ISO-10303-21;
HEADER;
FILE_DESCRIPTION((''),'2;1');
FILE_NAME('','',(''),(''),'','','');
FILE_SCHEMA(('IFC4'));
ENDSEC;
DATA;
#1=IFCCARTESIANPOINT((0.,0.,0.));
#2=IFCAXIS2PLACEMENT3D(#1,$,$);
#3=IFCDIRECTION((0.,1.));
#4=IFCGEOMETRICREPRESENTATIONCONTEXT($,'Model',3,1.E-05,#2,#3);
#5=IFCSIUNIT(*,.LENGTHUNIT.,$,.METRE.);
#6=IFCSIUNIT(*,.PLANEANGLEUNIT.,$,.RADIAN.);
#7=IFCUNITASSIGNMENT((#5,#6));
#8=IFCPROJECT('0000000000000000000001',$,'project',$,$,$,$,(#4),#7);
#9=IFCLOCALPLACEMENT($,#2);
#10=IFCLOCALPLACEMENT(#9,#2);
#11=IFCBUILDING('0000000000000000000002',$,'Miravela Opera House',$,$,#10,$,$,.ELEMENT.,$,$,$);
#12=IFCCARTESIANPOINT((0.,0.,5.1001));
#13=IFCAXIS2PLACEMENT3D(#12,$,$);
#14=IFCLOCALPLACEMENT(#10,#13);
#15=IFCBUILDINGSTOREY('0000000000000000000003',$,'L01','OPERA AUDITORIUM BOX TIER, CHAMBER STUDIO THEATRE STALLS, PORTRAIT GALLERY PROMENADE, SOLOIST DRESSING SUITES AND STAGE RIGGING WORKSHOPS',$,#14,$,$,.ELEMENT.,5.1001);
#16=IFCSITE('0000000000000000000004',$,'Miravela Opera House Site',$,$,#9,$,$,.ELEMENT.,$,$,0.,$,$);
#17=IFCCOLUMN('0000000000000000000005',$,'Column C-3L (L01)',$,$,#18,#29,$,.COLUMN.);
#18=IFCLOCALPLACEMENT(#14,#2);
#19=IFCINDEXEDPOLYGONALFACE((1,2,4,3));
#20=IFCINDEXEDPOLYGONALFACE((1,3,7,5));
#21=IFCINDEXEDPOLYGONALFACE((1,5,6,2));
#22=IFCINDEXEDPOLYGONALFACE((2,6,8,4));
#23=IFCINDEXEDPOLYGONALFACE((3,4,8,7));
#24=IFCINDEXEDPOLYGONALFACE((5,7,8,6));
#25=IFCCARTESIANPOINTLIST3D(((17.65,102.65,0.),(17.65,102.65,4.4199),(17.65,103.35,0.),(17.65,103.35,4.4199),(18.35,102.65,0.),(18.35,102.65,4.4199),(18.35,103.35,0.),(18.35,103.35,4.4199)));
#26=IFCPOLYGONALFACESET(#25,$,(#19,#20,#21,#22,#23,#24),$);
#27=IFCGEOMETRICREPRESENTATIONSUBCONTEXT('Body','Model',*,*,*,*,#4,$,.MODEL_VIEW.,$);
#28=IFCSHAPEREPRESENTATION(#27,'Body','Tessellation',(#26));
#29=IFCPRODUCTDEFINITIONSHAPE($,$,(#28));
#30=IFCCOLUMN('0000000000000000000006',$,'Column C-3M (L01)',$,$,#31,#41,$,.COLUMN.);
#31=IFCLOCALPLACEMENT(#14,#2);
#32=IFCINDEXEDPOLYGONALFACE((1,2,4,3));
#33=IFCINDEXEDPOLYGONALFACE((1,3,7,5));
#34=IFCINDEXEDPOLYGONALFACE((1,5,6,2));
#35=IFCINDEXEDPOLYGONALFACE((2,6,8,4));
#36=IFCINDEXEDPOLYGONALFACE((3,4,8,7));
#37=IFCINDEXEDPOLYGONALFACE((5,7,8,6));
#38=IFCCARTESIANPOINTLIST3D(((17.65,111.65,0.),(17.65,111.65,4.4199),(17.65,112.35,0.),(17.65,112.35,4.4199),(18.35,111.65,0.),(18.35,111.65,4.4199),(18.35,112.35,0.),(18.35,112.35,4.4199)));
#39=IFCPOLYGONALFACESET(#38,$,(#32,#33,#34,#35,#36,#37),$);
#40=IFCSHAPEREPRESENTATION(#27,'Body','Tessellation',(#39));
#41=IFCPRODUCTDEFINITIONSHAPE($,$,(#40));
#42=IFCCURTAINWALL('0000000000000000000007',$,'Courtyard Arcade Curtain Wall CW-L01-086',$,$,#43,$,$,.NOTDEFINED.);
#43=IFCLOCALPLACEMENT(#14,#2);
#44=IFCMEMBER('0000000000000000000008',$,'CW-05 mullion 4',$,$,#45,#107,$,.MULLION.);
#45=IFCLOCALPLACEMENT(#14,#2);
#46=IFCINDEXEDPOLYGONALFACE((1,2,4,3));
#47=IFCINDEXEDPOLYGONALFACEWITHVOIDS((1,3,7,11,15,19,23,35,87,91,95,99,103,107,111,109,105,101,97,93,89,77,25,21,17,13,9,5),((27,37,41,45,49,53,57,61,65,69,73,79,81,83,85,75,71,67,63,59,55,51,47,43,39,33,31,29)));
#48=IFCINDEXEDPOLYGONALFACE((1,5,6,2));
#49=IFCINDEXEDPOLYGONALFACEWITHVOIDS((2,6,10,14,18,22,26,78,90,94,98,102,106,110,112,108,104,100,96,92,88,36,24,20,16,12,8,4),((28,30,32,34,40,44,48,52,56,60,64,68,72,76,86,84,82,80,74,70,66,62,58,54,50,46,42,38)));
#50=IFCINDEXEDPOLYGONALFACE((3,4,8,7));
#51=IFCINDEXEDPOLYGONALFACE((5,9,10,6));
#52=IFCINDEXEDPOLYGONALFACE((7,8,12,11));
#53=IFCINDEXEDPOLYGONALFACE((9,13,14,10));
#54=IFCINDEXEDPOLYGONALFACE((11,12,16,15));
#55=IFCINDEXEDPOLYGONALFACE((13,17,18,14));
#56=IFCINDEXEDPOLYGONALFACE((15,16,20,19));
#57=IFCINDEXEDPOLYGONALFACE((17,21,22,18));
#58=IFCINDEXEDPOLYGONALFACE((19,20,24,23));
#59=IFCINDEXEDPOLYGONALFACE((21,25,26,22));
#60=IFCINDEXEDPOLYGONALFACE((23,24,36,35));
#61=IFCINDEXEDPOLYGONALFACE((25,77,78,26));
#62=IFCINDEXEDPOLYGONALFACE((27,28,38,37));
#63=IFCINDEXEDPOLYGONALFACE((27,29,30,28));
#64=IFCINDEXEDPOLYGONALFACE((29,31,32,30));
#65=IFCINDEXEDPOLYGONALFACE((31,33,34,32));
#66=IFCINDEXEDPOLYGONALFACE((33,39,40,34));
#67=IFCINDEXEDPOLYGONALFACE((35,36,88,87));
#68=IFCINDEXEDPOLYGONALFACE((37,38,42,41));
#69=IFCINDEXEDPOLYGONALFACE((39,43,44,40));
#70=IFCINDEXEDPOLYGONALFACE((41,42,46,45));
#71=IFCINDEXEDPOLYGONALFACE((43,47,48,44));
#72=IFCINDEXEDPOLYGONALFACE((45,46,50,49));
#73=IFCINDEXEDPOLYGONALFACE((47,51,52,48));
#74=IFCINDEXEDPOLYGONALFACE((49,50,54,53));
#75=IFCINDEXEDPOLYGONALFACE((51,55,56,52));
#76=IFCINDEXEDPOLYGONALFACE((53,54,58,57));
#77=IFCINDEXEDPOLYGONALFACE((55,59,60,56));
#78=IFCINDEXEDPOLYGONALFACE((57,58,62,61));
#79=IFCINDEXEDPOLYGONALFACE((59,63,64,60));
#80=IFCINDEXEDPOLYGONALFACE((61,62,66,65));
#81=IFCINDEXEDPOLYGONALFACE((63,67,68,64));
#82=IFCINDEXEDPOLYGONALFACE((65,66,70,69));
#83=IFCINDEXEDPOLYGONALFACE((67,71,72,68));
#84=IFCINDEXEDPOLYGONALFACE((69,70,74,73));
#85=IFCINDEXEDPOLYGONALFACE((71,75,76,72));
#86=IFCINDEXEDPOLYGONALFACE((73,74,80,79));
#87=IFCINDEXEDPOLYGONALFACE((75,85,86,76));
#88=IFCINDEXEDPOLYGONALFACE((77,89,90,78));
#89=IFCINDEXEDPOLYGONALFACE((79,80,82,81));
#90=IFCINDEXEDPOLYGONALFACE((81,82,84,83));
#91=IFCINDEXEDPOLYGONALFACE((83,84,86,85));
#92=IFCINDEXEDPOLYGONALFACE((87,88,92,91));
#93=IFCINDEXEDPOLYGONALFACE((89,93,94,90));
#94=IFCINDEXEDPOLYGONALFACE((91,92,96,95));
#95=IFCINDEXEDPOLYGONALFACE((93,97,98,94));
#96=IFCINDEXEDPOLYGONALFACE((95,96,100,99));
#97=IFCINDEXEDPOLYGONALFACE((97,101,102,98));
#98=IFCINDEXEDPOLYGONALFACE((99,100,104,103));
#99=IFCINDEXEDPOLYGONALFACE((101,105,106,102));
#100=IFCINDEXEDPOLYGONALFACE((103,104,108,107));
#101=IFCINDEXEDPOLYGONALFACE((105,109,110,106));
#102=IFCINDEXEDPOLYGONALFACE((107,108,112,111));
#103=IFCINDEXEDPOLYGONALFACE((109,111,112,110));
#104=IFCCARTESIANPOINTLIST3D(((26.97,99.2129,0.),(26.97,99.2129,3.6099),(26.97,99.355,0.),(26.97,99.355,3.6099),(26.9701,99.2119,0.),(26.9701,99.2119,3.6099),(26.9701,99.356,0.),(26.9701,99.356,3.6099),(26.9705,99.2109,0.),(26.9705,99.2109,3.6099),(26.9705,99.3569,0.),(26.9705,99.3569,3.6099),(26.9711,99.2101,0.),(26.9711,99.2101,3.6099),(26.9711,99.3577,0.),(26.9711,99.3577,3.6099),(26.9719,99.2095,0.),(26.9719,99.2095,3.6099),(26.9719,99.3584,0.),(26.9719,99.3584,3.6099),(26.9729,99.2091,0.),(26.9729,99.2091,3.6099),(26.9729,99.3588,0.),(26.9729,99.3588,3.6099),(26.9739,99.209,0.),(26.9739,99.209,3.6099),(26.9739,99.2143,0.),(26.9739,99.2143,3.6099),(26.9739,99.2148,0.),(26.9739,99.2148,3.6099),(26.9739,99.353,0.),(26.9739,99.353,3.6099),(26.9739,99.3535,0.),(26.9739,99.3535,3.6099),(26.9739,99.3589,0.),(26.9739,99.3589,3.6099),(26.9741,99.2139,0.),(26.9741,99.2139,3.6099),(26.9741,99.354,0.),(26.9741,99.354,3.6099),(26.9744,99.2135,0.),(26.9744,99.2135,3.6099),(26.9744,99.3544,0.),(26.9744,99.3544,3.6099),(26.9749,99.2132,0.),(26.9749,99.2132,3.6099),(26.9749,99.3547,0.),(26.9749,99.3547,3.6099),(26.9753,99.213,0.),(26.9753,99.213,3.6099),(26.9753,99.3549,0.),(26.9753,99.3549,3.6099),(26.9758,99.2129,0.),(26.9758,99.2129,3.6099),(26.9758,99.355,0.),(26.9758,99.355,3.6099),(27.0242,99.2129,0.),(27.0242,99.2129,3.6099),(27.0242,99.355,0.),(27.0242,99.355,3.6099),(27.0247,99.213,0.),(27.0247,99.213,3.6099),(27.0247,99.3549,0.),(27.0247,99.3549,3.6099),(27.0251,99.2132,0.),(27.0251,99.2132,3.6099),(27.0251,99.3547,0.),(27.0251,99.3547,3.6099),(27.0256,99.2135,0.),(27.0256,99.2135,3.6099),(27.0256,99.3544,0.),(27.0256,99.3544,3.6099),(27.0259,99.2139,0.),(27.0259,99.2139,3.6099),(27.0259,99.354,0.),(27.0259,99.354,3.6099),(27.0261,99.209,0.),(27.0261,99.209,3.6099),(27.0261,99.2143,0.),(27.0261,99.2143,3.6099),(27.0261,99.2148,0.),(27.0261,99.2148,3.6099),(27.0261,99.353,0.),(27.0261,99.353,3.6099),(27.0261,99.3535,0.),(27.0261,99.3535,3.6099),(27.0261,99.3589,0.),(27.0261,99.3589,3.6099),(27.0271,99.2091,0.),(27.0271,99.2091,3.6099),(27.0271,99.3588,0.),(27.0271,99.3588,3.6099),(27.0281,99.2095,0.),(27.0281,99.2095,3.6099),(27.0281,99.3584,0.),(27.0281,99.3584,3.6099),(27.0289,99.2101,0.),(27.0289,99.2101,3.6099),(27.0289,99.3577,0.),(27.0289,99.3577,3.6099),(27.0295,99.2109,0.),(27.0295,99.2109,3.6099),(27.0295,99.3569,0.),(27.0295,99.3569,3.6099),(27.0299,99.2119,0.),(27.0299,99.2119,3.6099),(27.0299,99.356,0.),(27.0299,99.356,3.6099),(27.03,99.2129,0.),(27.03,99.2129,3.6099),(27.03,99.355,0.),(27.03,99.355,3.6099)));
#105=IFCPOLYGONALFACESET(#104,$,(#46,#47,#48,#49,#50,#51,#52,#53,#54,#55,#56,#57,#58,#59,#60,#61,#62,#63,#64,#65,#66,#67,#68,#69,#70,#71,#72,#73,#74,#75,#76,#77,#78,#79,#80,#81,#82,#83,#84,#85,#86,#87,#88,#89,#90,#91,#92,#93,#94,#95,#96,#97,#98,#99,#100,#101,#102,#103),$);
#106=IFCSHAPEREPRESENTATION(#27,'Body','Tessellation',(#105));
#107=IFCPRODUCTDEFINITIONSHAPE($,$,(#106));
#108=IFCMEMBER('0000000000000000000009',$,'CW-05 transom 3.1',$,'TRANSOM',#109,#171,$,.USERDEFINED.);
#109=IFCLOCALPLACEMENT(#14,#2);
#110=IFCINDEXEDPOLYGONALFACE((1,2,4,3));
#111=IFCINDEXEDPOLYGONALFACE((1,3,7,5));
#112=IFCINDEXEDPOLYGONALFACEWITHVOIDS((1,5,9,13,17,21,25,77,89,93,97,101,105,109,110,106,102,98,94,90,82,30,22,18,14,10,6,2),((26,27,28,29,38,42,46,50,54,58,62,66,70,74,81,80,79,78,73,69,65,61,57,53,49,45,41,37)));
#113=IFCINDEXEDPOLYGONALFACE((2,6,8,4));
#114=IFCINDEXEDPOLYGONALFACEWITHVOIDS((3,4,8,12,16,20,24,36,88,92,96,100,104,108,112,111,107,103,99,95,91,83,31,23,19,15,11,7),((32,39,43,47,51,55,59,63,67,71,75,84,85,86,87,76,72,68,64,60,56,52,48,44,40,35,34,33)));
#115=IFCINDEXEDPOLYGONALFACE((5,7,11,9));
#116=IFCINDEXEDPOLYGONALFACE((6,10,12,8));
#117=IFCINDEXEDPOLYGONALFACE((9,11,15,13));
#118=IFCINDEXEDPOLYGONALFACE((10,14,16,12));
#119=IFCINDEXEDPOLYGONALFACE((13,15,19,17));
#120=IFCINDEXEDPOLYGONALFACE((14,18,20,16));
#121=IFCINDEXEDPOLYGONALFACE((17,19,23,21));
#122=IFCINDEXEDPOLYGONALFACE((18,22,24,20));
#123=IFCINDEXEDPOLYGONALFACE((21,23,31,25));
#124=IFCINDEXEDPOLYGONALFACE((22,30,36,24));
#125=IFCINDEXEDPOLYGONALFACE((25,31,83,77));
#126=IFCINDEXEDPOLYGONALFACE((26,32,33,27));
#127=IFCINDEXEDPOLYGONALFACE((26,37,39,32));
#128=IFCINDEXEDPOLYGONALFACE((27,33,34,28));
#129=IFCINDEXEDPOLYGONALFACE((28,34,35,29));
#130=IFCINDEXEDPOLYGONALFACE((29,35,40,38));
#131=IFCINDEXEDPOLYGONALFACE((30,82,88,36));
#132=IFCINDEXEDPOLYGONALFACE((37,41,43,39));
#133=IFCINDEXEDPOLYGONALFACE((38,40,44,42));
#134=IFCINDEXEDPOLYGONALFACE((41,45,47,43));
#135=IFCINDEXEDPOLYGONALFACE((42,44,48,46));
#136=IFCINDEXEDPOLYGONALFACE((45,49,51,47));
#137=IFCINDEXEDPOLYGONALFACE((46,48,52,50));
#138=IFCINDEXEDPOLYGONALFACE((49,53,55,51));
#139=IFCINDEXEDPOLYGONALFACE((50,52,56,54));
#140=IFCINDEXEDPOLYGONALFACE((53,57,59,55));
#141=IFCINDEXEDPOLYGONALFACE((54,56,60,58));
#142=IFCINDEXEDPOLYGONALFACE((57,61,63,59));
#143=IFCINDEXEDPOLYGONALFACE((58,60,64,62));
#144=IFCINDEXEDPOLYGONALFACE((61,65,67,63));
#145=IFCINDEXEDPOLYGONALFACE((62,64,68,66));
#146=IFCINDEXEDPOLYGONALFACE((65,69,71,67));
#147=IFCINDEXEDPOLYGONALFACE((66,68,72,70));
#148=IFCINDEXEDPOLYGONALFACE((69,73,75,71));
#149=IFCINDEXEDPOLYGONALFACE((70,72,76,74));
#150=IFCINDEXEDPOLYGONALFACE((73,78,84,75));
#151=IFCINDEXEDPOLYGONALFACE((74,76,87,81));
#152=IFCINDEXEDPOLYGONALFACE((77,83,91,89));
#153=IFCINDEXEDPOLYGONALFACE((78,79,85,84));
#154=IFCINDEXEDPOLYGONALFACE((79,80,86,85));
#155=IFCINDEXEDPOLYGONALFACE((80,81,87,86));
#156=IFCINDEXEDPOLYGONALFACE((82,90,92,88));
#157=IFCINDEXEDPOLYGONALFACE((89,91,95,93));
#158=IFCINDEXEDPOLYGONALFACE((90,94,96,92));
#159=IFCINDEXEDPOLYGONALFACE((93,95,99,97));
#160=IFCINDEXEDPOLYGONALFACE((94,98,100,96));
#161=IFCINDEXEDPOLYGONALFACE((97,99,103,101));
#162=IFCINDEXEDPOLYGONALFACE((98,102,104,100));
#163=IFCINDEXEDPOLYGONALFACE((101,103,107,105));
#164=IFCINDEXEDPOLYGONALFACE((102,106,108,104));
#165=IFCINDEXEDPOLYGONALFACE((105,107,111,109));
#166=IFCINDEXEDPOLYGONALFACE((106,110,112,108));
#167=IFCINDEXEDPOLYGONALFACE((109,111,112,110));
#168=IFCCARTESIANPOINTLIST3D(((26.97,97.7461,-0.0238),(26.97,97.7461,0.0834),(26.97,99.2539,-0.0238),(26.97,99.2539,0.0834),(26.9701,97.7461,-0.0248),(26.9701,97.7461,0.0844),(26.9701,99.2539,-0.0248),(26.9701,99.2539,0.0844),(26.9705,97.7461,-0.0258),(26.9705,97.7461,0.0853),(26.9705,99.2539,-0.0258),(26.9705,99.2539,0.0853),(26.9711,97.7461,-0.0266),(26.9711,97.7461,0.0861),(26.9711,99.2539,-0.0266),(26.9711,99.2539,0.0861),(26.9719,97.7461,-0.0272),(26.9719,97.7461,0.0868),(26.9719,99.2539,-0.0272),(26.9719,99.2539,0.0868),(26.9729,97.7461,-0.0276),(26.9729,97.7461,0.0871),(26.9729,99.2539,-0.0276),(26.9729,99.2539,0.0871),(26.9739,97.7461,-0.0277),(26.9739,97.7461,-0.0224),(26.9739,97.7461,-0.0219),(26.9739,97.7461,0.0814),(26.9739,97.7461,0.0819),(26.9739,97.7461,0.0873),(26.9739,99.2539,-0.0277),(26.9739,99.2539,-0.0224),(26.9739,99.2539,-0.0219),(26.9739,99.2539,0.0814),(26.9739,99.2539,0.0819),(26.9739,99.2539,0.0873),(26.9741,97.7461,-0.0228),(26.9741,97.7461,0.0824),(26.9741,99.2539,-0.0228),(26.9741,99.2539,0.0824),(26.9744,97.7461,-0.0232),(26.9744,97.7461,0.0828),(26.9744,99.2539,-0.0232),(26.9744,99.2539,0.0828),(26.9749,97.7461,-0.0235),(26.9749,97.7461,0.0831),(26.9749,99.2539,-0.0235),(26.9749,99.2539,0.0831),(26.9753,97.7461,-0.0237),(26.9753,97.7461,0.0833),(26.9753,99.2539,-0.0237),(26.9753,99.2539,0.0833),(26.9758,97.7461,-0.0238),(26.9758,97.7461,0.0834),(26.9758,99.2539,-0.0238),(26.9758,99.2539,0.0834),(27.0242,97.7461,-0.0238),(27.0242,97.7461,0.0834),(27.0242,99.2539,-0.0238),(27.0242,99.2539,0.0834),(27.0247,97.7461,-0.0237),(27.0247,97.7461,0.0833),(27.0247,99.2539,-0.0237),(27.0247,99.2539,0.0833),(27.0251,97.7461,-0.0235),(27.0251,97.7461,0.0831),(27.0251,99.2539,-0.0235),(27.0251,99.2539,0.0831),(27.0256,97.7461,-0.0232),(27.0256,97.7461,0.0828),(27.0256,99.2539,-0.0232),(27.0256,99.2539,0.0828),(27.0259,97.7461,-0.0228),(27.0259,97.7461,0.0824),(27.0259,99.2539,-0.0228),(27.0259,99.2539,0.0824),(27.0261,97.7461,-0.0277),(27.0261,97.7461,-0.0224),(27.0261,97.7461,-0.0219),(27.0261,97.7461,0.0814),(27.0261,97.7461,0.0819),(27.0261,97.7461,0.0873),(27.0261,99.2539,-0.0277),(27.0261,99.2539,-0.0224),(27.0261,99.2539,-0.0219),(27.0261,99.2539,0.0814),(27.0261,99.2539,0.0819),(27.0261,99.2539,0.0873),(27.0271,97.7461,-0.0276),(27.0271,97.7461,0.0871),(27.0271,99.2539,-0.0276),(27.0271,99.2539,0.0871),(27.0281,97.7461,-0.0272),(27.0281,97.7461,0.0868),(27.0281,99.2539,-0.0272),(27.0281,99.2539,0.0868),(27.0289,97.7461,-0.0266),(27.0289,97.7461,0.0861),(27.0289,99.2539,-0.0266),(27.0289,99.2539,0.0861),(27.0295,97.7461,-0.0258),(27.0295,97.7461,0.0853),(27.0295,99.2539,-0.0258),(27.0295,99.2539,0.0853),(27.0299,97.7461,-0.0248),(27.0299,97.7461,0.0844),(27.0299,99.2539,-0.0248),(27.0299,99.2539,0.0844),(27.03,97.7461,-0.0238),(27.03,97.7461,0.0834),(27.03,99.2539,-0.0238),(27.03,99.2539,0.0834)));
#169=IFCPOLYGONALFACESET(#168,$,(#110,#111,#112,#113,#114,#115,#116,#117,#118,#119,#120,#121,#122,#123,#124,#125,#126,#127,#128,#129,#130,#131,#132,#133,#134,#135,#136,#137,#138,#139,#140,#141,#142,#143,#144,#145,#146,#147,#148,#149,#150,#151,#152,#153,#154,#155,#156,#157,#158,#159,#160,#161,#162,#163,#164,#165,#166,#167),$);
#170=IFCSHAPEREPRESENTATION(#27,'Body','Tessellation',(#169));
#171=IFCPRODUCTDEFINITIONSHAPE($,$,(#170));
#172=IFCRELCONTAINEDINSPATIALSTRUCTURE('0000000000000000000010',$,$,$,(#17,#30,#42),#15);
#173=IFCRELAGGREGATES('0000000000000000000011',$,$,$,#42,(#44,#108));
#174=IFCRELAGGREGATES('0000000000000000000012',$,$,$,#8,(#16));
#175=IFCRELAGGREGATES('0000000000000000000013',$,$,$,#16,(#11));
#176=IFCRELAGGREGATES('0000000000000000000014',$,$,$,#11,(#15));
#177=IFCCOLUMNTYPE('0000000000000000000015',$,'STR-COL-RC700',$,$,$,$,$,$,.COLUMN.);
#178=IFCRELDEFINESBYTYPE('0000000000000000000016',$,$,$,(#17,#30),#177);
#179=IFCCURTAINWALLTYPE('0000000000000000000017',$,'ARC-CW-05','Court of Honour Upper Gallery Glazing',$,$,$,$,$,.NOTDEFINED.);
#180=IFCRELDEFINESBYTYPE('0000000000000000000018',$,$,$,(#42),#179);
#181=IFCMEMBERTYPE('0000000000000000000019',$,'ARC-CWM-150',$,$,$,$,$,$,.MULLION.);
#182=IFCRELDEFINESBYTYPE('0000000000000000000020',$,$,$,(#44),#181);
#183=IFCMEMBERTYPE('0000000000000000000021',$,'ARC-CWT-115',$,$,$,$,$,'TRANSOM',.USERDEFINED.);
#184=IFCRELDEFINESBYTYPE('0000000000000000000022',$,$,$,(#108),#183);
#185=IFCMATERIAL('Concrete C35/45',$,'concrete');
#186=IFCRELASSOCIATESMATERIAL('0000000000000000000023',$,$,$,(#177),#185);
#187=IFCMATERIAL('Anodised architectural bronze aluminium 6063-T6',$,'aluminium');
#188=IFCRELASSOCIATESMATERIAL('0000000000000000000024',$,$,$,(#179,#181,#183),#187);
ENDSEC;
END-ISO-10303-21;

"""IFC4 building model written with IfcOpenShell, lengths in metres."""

from ifc_helpers import new_model, si_unit, direction, frame, origin, origin_2d, place, context, subcontext, project, spatial, rectangle, hollow_rectangle, extrude, material, material_profile, profile_set, type_object, element, aggregate, save


model = new_model("IFC4")

# Units and contexts
model_context = context("Model", 3, precision=1e-05, world=origin(), true_north=direction((0.0, 1.0)))
body_context = subcontext(model_context, "Body", "Model", "MODEL_VIEW")
ifc_project = project(units=[si_unit("LENGTHUNIT", "METRE"), si_unit("PLANEANGLEUNIT", "RADIAN")], contexts=[model_context])

# Site, building, storey
site_placement = place(None, origin())
site = spatial("IfcSite", under=ifc_project, at=site_placement, Name="Miravela Opera House Site", CompositionType="ELEMENT", RefElevation=0.0)
building_placement = place(site_placement, origin())
building = spatial("IfcBuilding", under=site, at=building_placement, Name="Miravela Opera House", CompositionType="ELEMENT")
storey_placement = place(building_placement, frame((0.0, 0.0, 5.1001)))
storey = spatial("IfcBuildingStorey", under=building, at=storey_placement, Name="L01", Description="OPERA AUDITORIUM BOX TIER, CHAMBER STUDIO THEATRE STALLS, PORTRAIT GALLERY PROMENADE, SOLOIST DRESSING SUITES AND STAGE RIGGING WORKSHOPS", CompositionType="ELEMENT", Elevation=5.1001)

# Columns
ifc_material_1 = material(Name="Concrete C35/45", Category="concrete")
ifc_material_profile_1 = material_profile(ifc_material_1, rectangle(XDim=0.7, YDim=0.7, at=origin_2d()), Name="RC-COL-700X700")
ifc_profile_set_1 = profile_set([ifc_material_profile_1])
column_type = type_object("IfcColumnType", Name="STR-COL-RC700", PredefinedType="COLUMN", material=ifc_profile_set_1)
for number, where, z_axis, x_axis, name in (
    (1, (18.0, 103.0, 0.0), (0.0, 0.0, 1.0), (1.0, 0.0, 0.0), "Column C-3L (L01)"),
    (2, (18.0, 112.0, 0.0), (0.0, 0.0, 1.0), (1.0, 0.0, 0.0), "Column C-3M (L01)"),
):
    element("IfcColumn", number, at=place(storey_placement, frame(where, z_axis=z_axis, x_axis=x_axis)), inside=storey, type_object=column_type, Name=name, PredefinedType="COLUMN", context=body_context, shape_type="SweptSolid", body=[
        extrude(rectangle(XDim=0.7, YDim=0.7, at=origin_2d()), origin(), (0.0, 0.0, 1.0), 4.4199),
    ])

# Curtain wall, members
ifc_material_2 = material(Name="Anodised architectural bronze aluminium 6063-T6", Category="aluminium")
curtain_wall_type = type_object("IfcCurtainWallType", Name="ARC-CW-05", Description="Court of Honour Upper Gallery Glazing", PredefinedType="NOTDEFINED", material=ifc_material_2)
curtain_wall_placement = place(storey_placement, origin())
curtain_wall = element("IfcCurtainWall", 3, at=curtain_wall_placement, inside=storey, type_object=curtain_wall_type, Name="Courtyard Arcade Curtain Wall CW-L01-086", PredefinedType="NOTDEFINED")
ifc_material_profile_2 = material_profile(ifc_material_2, hollow_rectangle(XDim=0.0601, YDim=0.1499, WallThickness=0.0039, InnerFilletRadius=0.002, OuterFilletRadius=0.0039, at=origin_2d()), Name="CWM-60X150")
ifc_profile_set_2 = profile_set([ifc_material_profile_2])
member_type_1 = type_object("IfcMemberType", Name="ARC-CWM-150", PredefinedType="MULLION", material=ifc_profile_set_2)
member_1_placement = place(storey_placement, frame((27.0, 99.2839, 0.0), z_axis=(0.0, 0.0, 1.0), x_axis=(-1.0, 0.0, 0.0)))
member_1 = element("IfcMember", 4, at=member_1_placement, type_object=member_type_1, Name="CW-05 mullion 4", PredefinedType="MULLION", context=body_context, shape_type="SweptSolid", body=[
    extrude(hollow_rectangle(XDim=0.0601, YDim=0.1499, WallThickness=0.0039, InnerFilletRadius=0.002, OuterFilletRadius=0.0039, at=origin_2d()), origin(), (0.0, 0.0, 1.0), 3.6099),
])
ifc_material_profile_3 = material_profile(ifc_material_2, hollow_rectangle(XDim=0.0601, YDim=0.115, WallThickness=0.0039, InnerFilletRadius=0.002, OuterFilletRadius=0.0039, at=origin_2d()), Name="CWT-60X115")
ifc_profile_set_3 = profile_set([ifc_material_profile_3])
member_type_2 = type_object("IfcMemberType", Name="ARC-CWT-115", ElementType="TRANSOM", PredefinedType="USERDEFINED", material=ifc_profile_set_3)
member_2_placement = place(storey_placement, frame((27.0, 97.7461, 0.0298), z_axis=(0.0, 1.0, 0.0), x_axis=(-1.0, 0.0, 0.0)))
member_2 = element("IfcMember", 5, at=member_2_placement, type_object=member_type_2, Name="CW-05 transom 3.1", ObjectType="TRANSOM", PredefinedType="USERDEFINED", context=body_context, shape_type="SweptSolid", body=[
    extrude(hollow_rectangle(XDim=0.0601, YDim=0.115, WallThickness=0.0039, InnerFilletRadius=0.002, OuterFilletRadius=0.0039, at=origin_2d()), origin(), (0.0, 0.0, 1.0), 1.5078),
])

aggregate(curtain_wall, [member_1, member_2])

save(model, "model.ifc")
